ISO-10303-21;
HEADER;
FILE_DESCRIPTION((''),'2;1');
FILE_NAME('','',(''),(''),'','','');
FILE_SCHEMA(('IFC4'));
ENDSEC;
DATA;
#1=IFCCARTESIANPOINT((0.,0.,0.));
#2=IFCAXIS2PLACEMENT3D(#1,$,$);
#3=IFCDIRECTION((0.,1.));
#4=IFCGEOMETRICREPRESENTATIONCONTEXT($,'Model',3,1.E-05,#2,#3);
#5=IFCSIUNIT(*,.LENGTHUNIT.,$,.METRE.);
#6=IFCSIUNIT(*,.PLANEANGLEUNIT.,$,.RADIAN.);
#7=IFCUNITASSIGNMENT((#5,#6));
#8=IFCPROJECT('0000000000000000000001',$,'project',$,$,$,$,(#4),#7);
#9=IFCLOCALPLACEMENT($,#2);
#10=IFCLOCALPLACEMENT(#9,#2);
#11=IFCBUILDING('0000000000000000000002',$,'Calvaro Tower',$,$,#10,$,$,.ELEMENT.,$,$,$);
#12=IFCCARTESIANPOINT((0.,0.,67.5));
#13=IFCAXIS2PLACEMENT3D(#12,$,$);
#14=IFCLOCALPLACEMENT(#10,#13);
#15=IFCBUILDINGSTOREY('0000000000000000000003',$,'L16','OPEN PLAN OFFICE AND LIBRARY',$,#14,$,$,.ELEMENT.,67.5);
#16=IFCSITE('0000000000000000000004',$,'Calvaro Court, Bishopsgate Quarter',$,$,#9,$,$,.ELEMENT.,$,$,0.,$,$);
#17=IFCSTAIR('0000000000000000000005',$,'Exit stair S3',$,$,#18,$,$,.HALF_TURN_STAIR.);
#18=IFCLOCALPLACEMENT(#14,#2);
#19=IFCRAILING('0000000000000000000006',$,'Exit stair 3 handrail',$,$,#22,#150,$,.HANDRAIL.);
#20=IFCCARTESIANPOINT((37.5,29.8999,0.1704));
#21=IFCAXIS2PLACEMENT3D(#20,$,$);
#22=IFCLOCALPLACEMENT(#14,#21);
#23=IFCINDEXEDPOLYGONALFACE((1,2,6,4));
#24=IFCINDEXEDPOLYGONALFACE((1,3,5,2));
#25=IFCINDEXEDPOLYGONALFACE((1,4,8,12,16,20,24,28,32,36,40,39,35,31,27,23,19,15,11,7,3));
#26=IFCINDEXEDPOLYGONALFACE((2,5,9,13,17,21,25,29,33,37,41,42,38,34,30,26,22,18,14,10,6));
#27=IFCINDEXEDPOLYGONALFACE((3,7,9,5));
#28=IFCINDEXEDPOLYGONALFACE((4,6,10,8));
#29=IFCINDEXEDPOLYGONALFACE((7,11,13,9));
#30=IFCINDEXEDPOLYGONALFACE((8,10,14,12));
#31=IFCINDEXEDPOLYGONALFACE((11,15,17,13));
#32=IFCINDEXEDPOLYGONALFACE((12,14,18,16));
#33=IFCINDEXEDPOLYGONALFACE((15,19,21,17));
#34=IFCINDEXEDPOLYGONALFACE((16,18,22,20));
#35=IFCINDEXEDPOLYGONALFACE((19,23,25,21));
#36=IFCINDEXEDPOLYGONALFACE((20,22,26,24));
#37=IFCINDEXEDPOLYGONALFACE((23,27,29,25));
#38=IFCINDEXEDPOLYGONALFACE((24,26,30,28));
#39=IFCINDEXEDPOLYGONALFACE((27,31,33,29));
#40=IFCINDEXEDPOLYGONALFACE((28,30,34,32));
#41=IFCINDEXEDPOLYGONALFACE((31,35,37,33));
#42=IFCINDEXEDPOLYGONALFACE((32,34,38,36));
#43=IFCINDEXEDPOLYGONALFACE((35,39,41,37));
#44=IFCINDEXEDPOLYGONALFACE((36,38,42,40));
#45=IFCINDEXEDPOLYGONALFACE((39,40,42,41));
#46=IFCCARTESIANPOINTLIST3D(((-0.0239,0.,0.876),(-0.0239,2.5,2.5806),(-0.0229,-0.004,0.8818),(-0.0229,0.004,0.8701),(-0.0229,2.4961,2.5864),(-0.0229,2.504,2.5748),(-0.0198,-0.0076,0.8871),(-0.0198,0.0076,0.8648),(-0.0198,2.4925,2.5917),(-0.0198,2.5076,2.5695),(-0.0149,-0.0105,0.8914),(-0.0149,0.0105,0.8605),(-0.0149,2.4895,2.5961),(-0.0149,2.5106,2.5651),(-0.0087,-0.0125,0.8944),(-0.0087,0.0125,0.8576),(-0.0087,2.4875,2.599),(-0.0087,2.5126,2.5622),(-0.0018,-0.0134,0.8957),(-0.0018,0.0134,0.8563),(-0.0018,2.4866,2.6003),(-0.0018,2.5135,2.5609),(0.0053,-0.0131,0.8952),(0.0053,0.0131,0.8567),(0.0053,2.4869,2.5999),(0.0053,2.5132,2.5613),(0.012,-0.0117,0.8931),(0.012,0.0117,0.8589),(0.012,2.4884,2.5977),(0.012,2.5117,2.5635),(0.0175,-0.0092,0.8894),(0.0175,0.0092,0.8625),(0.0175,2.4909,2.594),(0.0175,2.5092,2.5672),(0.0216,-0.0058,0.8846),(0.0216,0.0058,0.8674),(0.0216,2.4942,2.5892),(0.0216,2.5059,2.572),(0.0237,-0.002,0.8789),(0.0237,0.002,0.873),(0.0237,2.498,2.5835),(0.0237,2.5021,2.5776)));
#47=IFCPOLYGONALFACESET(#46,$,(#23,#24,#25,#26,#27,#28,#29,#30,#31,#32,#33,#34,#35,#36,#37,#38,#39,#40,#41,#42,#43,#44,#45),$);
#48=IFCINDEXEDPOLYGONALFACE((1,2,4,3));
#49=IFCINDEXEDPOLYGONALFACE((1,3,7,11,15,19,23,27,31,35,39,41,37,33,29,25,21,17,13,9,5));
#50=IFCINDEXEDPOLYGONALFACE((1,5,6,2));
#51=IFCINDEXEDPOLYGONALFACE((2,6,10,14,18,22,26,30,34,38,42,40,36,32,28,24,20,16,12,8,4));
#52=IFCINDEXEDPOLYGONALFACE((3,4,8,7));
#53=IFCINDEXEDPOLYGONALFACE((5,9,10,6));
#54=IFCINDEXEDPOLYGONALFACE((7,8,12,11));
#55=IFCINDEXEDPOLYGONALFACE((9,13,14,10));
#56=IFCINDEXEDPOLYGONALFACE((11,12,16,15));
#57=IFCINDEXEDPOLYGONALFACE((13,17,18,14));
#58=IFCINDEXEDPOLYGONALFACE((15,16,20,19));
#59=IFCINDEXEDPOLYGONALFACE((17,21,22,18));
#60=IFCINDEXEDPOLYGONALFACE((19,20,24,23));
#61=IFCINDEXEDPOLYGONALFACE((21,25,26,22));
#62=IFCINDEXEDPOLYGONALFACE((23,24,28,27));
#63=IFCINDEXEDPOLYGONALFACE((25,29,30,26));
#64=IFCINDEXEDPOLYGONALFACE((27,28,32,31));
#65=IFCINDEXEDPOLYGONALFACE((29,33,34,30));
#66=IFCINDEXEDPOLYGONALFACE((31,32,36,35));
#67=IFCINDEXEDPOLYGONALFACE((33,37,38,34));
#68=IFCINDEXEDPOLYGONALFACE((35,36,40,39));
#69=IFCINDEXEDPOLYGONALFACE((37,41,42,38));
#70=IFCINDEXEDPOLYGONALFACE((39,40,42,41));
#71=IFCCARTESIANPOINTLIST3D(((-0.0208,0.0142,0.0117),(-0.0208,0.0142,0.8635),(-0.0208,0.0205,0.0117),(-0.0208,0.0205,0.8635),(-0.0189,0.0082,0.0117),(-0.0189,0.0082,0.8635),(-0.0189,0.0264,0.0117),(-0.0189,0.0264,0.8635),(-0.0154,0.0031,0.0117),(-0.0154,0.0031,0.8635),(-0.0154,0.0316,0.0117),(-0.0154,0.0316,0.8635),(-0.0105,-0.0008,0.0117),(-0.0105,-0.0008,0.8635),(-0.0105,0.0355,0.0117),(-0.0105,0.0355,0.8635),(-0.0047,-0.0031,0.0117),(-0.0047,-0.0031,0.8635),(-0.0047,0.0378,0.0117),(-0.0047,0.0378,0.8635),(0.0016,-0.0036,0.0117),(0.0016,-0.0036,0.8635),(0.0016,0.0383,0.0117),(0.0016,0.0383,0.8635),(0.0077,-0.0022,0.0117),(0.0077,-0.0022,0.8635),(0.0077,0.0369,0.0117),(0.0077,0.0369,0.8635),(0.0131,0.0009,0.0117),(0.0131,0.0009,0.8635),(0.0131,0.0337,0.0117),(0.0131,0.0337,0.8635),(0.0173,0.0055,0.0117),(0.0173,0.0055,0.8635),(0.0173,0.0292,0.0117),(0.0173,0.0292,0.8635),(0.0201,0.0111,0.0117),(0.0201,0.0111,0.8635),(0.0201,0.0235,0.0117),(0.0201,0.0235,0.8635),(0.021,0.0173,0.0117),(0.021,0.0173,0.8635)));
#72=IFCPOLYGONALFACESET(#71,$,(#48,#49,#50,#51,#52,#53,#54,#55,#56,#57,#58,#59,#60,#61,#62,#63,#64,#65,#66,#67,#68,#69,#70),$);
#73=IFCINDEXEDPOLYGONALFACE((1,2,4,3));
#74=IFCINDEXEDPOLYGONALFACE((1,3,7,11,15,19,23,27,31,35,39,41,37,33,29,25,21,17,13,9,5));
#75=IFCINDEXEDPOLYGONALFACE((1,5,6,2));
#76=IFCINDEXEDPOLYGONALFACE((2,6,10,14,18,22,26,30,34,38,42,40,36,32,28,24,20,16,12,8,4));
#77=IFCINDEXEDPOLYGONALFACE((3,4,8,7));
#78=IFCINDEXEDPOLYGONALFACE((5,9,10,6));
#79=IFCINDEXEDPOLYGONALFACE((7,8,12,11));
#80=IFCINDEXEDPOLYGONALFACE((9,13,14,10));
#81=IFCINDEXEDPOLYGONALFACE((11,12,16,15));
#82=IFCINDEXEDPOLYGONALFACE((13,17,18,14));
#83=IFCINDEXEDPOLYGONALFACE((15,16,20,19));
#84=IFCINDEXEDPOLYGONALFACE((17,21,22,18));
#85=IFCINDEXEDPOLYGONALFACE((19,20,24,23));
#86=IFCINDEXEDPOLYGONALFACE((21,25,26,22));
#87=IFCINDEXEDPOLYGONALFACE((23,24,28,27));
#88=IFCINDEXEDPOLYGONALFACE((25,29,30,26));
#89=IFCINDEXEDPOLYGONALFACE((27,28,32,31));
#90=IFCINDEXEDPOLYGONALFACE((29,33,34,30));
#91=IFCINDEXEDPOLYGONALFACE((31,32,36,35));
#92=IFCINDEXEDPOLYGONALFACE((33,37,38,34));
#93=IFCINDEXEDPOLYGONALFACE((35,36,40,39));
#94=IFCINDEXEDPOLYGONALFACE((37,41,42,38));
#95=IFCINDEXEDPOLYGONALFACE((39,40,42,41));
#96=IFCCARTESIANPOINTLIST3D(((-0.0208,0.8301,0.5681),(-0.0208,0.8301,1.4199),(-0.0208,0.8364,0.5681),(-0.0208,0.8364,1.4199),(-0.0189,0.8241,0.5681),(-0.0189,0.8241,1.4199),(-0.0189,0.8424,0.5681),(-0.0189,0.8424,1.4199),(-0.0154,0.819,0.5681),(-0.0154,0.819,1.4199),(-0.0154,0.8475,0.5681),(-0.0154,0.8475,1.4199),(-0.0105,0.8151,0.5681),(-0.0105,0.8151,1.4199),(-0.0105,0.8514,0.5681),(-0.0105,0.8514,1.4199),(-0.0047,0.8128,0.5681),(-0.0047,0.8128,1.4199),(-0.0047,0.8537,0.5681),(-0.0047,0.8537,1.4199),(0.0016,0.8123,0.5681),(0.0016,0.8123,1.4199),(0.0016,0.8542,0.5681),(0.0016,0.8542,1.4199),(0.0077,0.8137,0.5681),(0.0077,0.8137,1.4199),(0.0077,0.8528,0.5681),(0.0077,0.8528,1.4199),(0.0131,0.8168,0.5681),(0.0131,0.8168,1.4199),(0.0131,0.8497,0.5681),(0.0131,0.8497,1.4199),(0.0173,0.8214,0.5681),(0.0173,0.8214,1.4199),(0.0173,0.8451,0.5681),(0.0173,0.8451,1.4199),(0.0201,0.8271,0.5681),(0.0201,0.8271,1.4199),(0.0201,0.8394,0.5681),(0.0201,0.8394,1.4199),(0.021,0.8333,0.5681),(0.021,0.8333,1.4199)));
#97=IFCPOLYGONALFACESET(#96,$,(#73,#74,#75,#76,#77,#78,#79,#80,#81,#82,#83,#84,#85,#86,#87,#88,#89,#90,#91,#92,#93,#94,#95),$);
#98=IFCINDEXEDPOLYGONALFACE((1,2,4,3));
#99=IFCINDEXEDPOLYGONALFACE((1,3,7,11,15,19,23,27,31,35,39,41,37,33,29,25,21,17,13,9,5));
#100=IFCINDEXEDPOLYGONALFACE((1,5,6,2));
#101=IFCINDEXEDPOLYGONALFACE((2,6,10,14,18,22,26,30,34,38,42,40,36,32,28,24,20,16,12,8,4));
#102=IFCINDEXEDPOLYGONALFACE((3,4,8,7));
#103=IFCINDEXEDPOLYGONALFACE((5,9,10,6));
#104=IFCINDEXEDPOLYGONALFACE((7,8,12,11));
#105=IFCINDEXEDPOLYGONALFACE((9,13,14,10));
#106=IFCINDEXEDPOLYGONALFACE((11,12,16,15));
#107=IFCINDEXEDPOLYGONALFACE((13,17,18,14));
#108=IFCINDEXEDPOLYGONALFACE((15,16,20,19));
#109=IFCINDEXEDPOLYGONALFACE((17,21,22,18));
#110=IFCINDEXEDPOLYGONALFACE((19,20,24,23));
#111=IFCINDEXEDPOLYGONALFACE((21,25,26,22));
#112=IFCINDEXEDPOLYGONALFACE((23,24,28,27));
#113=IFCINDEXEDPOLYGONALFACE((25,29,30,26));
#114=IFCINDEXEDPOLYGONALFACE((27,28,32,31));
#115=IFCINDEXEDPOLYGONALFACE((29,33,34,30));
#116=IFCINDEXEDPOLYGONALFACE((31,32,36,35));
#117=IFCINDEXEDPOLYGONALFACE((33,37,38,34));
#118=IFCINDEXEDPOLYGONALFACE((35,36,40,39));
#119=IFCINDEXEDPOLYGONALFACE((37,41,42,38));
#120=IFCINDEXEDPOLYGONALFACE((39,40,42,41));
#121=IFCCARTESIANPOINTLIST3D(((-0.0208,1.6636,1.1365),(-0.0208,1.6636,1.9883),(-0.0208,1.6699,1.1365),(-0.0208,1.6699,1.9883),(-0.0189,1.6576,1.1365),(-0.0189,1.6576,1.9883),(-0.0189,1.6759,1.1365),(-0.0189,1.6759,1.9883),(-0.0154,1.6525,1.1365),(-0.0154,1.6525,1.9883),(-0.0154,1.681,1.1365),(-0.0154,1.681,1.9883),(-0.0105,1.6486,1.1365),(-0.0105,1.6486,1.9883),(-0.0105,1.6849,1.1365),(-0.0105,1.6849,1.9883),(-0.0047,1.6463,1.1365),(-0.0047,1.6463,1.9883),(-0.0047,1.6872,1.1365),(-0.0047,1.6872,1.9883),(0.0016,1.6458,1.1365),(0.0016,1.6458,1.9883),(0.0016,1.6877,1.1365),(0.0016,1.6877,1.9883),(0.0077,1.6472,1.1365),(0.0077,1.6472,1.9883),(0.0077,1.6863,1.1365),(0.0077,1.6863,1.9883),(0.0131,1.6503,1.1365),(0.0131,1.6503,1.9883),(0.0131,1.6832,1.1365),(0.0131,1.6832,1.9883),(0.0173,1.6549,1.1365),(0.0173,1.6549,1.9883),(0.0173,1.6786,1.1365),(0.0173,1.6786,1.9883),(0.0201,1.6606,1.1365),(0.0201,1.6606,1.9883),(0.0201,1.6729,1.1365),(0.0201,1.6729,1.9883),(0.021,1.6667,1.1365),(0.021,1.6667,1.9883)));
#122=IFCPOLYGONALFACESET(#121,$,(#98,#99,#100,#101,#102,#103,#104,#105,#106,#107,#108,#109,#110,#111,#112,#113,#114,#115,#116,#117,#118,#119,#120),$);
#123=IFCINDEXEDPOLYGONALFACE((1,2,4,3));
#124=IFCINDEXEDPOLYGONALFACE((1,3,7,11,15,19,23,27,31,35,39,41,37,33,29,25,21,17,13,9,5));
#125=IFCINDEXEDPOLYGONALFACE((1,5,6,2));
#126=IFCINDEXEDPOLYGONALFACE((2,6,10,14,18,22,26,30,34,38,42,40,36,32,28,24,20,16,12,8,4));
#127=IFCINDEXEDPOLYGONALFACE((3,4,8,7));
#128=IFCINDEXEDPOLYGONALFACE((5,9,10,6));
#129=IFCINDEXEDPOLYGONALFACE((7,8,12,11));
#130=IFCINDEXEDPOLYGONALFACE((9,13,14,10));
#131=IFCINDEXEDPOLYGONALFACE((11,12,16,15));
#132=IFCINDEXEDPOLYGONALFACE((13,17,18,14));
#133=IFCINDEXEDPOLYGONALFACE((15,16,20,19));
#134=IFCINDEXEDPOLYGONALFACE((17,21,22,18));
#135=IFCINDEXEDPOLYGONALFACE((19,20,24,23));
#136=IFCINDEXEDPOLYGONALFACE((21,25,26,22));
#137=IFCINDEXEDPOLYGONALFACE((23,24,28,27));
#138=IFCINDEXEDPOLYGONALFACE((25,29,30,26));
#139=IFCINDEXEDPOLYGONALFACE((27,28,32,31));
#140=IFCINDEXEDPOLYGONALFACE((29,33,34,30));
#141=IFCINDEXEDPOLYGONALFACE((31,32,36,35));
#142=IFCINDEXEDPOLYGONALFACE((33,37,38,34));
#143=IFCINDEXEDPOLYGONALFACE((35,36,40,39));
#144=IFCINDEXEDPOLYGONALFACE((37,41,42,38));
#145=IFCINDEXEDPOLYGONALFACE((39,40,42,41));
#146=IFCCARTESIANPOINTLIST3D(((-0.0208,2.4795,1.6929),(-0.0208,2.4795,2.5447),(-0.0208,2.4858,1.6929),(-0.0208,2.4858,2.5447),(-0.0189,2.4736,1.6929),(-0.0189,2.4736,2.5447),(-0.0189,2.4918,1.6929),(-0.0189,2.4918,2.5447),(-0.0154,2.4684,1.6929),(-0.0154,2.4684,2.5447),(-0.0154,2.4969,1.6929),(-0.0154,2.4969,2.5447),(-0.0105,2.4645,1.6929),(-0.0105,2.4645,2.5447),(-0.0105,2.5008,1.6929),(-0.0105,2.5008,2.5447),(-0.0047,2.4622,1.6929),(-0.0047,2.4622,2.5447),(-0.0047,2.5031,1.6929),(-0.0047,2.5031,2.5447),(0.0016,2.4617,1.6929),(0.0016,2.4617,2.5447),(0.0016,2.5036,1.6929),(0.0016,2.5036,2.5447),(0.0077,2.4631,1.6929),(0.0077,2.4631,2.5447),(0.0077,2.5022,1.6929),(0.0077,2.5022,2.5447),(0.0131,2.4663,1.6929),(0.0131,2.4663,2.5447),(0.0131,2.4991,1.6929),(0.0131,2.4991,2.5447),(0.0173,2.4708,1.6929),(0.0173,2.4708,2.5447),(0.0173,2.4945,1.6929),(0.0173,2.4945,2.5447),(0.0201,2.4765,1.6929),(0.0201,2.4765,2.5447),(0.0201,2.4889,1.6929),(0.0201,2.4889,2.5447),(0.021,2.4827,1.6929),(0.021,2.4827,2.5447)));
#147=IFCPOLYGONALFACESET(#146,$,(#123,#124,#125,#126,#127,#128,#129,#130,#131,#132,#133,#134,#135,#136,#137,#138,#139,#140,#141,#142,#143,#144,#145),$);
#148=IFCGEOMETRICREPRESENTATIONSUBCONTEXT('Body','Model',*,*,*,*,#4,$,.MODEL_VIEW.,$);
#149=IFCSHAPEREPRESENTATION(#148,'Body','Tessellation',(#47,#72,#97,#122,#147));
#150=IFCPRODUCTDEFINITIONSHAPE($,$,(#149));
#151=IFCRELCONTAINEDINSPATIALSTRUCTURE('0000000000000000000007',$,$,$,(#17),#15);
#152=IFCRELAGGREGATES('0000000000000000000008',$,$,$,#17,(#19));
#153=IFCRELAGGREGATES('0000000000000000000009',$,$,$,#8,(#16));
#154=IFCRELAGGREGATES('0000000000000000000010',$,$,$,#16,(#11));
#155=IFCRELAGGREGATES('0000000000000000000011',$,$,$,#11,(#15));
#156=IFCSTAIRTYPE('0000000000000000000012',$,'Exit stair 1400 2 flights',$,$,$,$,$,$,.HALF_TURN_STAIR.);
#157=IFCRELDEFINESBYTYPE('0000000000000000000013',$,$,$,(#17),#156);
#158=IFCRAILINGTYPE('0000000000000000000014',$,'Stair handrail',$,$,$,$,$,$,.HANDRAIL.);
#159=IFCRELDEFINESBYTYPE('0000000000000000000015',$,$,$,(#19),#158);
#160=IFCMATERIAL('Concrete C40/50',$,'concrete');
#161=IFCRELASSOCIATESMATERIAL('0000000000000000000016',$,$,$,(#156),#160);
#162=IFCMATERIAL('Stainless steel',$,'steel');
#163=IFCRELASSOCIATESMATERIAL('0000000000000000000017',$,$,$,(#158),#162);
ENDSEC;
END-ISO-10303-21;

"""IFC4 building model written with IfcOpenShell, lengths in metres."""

from ifc_helpers import new_model, si_unit, direction, frame, origin, origin_2d, place, context, subcontext, project, spatial, circle, extrude, material, type_object, element, aggregate, save


model = new_model("IFC4")

# Units and contexts
model_context = context("Model", 3, precision=1e-05, world=origin(), true_north=direction((0.0, 1.0)))
body_context = subcontext(model_context, "Body", "Model", "MODEL_VIEW")
ifc_project = project(units=[si_unit("LENGTHUNIT", "METRE"), si_unit("PLANEANGLEUNIT", "RADIAN")], contexts=[model_context])

# Site, building, storey
site_placement = place(None, origin())
site = spatial("IfcSite", under=ifc_project, at=site_placement, Name="Calvaro Court, Bishopsgate Quarter", CompositionType="ELEMENT", RefElevation=0.0)
building_placement = place(site_placement, origin())
building = spatial("IfcBuilding", under=site, at=building_placement, Name="Calvaro Tower", CompositionType="ELEMENT")
storey_placement = place(building_placement, frame((0.0, 0.0, 67.5)))
storey = spatial("IfcBuildingStorey", under=building, at=storey_placement, Name="L16", Description="OPEN PLAN OFFICE AND LIBRARY", CompositionType="ELEMENT", Elevation=67.5)

# Stair
ifc_material_1 = material(Name="Concrete C40/50", Category="concrete")
stair_type = type_object("IfcStairType", Name="Exit stair 1400 2 flights", PredefinedType="HALF_TURN_STAIR", material=ifc_material_1)
stair_1_placement = place(storey_placement, origin())
stair_1 = element("IfcStair", 1, at=stair_1_placement, inside=storey, type_object=stair_type, Name="Exit stair S3", PredefinedType="HALF_TURN_STAIR")

# Railing
ifc_material_2 = material(Name="Stainless steel", Category="steel")
railing_type = type_object("IfcRailingType", Name="Stair handrail", PredefinedType="HANDRAIL", material=ifc_material_2)
railing_1_placement = place(storey_placement, frame((37.5, 29.8999, 0.1704)))
railing_1 = element("IfcRailing", 2, at=railing_1_placement, type_object=railing_type, Name="Exit stair 3 handrail", PredefinedType="HANDRAIL", context=body_context, shape_type="SweptSolid", body=[
    extrude(circle(Radius=0.0239, at=origin_2d()), frame((0.0, 0.0, 0.876), z_axis=(0.0, 0.826221, 0.563347), x_axis=(-1.0, 0.0, 0.0)), (0.0, 0.0, 1.0), 3.0259),
    extrude(circle(Radius=0.021, at=origin_2d()), frame((0.0, 0.0173, 0.0117)), (0.0, 0.0, 1.0), 0.8518),
    extrude(circle(Radius=0.021, at=origin_2d()), frame((0.0, 0.8333, 0.5681)), (0.0, 0.0, 1.0), 0.8518),
    extrude(circle(Radius=0.021, at=origin_2d()), frame((0.0, 1.6667, 1.1365)), (0.0, 0.0, 1.0), 0.8518),
    extrude(circle(Radius=0.021, at=origin_2d()), frame((0.0, 2.4827, 1.6929)), (0.0, 0.0, 1.0), 0.8518),
])
aggregate(stair_1, [railing_1])

save(model, "model.ifc")
